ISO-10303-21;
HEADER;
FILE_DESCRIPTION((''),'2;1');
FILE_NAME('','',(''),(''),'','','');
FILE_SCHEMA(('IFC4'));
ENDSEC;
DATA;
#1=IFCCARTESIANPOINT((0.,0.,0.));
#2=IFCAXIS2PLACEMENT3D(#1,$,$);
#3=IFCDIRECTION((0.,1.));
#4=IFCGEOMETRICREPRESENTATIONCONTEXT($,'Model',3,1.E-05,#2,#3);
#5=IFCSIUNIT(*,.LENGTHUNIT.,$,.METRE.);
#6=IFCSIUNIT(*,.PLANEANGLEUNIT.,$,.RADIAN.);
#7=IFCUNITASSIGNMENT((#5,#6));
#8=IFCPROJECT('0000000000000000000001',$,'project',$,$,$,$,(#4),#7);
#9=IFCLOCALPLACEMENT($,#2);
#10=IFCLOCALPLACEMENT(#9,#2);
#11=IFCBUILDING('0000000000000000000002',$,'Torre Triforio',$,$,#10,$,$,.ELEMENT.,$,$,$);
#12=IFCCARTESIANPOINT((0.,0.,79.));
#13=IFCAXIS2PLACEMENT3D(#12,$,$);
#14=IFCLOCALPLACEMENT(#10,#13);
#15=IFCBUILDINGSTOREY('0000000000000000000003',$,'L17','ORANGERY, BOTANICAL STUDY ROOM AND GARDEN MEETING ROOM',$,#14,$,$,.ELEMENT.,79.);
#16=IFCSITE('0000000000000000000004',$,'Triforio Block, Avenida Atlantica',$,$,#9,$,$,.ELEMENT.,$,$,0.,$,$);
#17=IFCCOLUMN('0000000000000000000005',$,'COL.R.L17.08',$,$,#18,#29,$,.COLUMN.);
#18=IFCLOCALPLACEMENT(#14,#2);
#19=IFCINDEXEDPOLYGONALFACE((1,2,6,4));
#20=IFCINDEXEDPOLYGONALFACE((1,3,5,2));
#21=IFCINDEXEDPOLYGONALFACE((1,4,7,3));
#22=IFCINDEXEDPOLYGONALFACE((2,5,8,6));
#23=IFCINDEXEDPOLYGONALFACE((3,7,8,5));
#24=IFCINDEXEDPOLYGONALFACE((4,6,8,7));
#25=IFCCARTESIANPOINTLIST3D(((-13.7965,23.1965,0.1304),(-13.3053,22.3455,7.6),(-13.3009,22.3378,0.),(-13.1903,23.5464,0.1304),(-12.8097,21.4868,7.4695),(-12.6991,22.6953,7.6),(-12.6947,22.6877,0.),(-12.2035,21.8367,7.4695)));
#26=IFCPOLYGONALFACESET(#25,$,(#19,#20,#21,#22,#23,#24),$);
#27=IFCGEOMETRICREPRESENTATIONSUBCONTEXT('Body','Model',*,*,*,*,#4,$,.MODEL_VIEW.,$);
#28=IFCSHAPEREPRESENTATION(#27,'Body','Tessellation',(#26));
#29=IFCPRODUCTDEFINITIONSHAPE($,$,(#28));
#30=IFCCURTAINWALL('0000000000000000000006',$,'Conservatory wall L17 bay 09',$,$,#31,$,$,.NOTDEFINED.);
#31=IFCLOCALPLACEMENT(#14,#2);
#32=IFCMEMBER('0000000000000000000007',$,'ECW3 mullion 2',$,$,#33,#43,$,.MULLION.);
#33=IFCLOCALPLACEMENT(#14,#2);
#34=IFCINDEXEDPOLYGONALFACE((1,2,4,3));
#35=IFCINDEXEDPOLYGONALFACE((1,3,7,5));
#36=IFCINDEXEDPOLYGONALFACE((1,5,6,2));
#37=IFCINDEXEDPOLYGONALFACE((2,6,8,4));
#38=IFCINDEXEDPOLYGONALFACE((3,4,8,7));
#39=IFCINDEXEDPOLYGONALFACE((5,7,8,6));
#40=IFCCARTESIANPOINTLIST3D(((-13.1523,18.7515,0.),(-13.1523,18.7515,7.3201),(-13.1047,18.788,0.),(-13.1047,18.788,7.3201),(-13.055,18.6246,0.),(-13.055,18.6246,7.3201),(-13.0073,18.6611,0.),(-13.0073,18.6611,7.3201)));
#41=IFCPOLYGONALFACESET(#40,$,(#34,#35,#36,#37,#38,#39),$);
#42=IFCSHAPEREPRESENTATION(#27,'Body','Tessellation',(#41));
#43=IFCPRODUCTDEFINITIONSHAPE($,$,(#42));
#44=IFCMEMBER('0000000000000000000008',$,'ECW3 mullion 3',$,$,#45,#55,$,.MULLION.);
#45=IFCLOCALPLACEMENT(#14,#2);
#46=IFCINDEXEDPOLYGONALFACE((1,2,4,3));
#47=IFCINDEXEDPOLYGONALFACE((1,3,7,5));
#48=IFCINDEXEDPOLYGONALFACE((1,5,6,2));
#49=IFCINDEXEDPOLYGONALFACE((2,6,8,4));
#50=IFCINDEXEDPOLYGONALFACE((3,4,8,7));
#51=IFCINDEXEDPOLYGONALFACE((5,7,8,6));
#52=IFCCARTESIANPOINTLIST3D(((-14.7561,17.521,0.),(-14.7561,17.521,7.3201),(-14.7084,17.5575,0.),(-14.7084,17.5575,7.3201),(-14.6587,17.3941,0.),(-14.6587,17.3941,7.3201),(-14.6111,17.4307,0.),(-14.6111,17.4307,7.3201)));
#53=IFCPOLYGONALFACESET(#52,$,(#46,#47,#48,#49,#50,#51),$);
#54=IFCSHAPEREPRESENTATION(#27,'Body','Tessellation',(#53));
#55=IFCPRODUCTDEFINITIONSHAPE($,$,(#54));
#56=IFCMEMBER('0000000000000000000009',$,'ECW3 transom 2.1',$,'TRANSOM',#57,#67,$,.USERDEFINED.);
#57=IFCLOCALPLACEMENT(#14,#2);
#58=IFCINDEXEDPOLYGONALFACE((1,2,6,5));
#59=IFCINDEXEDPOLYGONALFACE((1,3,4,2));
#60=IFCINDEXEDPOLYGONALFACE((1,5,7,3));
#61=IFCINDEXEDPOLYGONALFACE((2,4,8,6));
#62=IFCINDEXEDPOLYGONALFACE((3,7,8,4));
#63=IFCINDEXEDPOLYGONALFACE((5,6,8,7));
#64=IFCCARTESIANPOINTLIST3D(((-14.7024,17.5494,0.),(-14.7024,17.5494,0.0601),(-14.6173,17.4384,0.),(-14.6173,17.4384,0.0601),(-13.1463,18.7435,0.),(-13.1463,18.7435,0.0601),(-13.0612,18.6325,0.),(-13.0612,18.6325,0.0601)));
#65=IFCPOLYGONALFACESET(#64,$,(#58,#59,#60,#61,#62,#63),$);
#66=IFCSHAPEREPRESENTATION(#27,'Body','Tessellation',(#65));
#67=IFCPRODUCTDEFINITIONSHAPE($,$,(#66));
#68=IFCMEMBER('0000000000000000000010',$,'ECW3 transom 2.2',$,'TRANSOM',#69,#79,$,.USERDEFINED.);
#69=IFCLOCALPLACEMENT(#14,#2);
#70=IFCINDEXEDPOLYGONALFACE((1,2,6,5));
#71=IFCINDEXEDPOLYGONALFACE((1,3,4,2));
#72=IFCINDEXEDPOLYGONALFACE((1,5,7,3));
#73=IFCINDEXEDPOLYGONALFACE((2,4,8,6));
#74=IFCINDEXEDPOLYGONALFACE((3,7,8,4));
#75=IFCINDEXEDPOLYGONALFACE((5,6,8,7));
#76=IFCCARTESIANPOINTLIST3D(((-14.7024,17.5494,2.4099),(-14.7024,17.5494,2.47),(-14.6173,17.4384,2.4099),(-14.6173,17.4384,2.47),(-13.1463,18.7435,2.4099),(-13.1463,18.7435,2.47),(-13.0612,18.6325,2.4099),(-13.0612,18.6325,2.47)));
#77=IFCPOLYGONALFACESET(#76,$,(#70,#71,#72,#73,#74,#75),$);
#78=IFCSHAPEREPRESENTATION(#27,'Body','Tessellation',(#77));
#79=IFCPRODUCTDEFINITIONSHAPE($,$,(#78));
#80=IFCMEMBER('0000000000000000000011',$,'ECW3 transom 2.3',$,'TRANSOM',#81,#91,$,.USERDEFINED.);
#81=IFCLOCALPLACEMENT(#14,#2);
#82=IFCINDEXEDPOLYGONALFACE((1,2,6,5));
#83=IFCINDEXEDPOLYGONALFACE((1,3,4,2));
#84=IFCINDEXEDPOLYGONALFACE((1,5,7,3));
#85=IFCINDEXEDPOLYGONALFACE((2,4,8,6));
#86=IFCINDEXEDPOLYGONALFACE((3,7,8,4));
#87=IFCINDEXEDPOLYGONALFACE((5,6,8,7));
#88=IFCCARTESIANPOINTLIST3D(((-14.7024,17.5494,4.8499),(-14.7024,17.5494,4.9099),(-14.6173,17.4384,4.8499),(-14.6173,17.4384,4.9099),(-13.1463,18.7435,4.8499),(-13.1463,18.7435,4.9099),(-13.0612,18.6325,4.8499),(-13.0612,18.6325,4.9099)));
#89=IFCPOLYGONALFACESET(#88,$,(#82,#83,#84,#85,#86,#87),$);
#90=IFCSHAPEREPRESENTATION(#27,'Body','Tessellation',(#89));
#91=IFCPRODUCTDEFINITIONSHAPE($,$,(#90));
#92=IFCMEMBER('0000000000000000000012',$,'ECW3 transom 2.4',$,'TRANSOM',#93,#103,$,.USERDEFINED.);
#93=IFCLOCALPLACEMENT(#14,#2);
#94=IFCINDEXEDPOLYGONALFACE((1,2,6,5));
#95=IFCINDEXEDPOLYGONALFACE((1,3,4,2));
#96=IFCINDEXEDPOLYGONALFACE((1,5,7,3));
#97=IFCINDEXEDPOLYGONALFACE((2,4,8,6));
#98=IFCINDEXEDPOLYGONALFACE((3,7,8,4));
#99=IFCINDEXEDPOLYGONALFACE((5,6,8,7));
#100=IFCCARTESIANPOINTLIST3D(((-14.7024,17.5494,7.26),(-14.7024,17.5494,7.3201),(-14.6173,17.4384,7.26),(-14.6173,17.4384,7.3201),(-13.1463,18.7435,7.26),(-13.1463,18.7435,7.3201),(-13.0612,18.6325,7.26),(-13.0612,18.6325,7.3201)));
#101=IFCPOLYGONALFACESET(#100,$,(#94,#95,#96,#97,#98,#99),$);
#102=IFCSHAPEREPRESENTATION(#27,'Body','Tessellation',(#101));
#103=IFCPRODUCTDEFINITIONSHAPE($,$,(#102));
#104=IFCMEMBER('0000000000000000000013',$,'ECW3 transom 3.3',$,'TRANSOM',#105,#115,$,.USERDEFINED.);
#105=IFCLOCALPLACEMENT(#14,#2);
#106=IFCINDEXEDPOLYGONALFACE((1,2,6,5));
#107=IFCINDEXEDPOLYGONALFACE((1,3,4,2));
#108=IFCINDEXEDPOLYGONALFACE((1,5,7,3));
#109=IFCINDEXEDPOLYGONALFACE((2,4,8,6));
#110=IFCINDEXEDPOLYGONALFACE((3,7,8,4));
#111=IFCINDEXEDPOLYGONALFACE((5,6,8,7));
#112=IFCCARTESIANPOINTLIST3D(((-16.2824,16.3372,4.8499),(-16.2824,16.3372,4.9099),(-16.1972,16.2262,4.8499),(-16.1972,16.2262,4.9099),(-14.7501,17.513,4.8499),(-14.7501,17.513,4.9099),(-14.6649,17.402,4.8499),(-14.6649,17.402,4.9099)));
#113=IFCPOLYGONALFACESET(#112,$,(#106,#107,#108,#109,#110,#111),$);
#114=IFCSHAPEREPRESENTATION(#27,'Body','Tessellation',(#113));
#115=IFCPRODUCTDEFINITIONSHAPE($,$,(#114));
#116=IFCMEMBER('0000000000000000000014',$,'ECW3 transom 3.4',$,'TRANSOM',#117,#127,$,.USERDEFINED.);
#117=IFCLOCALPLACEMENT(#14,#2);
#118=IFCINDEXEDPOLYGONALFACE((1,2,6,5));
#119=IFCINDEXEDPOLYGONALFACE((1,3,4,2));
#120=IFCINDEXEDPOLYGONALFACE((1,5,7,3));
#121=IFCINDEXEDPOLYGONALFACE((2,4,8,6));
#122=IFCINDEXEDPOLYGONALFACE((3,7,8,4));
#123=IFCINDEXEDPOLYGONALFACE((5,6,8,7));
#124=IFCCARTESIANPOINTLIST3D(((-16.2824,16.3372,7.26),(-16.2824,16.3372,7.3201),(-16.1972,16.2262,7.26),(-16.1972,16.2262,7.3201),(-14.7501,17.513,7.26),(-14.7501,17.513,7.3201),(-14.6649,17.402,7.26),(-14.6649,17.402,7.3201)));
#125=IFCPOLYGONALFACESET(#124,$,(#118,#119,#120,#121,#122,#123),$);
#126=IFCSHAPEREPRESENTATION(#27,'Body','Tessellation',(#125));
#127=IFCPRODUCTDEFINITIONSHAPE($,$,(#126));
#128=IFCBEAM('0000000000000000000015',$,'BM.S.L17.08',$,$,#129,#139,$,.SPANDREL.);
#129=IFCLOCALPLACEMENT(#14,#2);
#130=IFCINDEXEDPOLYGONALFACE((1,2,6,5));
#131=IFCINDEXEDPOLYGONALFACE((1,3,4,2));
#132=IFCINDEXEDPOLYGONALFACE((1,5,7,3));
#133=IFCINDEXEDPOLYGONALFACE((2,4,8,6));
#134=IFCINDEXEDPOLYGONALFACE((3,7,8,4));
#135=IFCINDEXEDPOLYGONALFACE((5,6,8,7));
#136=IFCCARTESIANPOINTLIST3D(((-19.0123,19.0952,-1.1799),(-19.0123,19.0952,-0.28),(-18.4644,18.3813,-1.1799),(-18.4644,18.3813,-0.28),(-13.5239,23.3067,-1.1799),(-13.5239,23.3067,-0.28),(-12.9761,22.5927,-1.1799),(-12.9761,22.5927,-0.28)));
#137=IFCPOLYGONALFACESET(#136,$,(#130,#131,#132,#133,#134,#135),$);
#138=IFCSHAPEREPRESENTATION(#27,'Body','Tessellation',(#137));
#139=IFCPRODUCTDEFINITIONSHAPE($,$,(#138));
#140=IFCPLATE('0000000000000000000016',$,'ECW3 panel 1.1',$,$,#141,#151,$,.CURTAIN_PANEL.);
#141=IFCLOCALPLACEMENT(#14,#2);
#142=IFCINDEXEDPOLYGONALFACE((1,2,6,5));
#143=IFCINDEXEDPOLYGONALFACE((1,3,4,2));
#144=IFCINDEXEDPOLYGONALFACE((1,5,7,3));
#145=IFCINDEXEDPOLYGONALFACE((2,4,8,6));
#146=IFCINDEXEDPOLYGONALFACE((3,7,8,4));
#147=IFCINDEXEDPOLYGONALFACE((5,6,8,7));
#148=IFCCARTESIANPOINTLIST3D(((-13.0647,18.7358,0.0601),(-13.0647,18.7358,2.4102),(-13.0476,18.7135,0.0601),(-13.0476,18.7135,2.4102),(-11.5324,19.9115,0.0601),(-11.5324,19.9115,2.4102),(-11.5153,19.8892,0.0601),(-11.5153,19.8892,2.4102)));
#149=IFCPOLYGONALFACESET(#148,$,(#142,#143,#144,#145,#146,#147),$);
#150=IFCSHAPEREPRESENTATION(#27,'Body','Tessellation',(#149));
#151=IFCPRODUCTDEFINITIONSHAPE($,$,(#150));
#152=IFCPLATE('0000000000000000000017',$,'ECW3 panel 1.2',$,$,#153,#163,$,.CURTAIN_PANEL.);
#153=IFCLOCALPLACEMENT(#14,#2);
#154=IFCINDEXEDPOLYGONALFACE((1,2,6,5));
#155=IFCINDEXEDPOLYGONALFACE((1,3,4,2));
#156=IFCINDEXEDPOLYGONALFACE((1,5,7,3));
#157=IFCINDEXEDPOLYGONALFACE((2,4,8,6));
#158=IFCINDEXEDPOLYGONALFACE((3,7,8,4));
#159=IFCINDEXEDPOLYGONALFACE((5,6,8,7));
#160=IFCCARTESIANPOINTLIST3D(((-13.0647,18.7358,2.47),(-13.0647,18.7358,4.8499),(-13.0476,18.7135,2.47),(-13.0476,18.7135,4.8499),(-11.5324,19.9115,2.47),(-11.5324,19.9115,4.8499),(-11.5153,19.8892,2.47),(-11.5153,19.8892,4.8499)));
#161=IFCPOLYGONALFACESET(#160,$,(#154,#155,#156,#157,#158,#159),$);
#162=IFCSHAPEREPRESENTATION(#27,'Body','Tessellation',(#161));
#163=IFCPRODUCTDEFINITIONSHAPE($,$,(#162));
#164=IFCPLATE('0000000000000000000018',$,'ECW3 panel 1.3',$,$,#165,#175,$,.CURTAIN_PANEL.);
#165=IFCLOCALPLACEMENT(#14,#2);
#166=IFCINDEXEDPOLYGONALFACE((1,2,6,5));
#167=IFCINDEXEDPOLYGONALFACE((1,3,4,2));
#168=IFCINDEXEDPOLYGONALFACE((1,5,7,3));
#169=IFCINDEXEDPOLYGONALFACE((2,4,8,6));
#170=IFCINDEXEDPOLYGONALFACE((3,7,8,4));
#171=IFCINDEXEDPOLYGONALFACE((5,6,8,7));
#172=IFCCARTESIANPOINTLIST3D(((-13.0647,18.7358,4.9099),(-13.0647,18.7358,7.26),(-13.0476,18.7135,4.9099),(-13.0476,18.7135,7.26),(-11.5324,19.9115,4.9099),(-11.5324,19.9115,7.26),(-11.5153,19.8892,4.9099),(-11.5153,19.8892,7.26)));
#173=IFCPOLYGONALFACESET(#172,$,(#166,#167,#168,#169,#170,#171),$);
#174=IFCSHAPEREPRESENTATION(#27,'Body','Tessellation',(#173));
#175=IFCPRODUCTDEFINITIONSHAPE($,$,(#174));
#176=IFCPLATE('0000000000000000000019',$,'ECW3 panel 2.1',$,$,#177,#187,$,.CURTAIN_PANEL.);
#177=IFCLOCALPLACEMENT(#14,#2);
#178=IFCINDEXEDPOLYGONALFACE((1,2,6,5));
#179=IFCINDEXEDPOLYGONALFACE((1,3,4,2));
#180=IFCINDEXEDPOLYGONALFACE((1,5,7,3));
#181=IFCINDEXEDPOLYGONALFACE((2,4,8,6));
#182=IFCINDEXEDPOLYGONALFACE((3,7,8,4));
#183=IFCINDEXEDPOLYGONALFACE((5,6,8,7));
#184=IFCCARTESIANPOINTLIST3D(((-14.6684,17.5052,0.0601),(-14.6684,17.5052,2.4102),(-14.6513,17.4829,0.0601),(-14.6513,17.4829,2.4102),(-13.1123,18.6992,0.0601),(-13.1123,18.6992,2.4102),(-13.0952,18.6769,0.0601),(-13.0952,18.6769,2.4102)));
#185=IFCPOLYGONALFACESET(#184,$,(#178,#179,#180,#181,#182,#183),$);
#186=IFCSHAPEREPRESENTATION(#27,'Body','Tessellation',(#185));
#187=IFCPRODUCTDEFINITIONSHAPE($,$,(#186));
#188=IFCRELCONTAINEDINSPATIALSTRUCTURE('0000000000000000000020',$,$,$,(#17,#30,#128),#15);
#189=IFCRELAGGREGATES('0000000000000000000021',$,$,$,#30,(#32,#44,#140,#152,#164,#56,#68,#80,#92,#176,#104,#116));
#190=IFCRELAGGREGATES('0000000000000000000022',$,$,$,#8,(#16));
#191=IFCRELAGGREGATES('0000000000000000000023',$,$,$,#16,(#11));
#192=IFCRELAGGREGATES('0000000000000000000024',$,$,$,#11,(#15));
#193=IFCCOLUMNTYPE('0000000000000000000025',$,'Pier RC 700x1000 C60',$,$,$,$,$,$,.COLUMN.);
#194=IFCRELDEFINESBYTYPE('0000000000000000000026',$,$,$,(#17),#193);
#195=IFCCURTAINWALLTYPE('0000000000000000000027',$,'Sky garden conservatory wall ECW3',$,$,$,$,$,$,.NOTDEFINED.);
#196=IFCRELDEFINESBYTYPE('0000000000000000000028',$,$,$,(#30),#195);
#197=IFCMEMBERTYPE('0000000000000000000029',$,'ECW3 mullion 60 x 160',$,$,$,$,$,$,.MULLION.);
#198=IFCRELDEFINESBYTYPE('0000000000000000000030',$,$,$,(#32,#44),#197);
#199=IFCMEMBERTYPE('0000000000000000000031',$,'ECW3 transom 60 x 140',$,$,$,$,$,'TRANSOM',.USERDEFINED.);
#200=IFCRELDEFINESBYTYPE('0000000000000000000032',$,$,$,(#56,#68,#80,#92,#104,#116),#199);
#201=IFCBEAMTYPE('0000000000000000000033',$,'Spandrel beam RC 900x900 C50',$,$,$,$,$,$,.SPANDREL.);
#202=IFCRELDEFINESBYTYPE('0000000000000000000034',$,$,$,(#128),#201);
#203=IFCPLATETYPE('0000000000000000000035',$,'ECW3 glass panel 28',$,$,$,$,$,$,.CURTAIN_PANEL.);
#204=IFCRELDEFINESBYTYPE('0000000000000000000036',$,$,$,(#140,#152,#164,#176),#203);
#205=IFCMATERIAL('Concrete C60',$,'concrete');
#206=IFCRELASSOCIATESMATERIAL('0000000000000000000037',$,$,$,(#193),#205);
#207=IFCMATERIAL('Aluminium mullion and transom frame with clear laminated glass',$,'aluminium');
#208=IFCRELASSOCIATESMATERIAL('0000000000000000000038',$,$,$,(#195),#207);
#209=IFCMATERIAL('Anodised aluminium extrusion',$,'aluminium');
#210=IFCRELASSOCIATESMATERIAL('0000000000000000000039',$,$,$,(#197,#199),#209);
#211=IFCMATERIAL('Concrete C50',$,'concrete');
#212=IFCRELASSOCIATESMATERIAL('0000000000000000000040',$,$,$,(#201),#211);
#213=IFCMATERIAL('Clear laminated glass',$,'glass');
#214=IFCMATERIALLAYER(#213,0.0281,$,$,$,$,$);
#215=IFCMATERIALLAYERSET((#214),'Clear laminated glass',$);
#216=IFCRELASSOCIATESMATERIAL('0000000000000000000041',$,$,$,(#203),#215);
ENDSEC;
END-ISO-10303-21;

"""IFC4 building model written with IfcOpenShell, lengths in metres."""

from ifc_helpers import new_model, si_unit, direction, frame, origin, origin_2d, place, context, subcontext, project, spatial, rectangle, extrude, material, layer, layer_set, material_profile, profile_set, type_object, element, aggregate, save


model = new_model("IFC4")

# Units and contexts
model_context = context("Model", 3, precision=1e-05, world=origin(), true_north=direction((0.0, 1.0)))
body_context = subcontext(model_context, "Body", "Model", "MODEL_VIEW")
ifc_project = project(units=[si_unit("LENGTHUNIT", "METRE"), si_unit("PLANEANGLEUNIT", "RADIAN")], contexts=[model_context])

# Site, building, storey
site_placement = place(None, origin())
site = spatial("IfcSite", under=ifc_project, at=site_placement, Name="Triforio Block, Avenida Atlantica", CompositionType="ELEMENT", RefElevation=0.0)
building_placement = place(site_placement, origin())
building = spatial("IfcBuilding", under=site, at=building_placement, Name="Torre Triforio", CompositionType="ELEMENT")
storey_placement = place(building_placement, frame((0.0, 0.0, 79.0)))
storey = spatial("IfcBuildingStorey", under=building, at=storey_placement, Name="L17", Description="ORANGERY, BOTANICAL STUDY ROOM AND GARDEN MEETING ROOM", CompositionType="ELEMENT", Elevation=79.0)

# Column
ifc_material_1 = material(Name="Concrete C60", Category="concrete")
ifc_material_profile_1 = material_profile(ifc_material_1, rectangle(XDim=0.7, YDim=1.0, at=origin_2d()), Name="RC 700x1000")
ifc_profile_set_1 = profile_set([ifc_material_profile_1], Name="Concrete C60")
column_type = type_object("IfcColumnType", Name="Pier RC 700x1000 C60", PredefinedType="COLUMN", material=ifc_profile_set_1)
column_placement = place(storey_placement, frame((-13.2456, 22.9421, 0.0652), z_axis=(0.065201, -0.112967, 0.991457), x_axis=(0.866095, 0.49988, 0.0)))
element("IfcColumn", 1, at=column_placement, inside=storey, type_object=column_type, Name="COL.R.L17.08", PredefinedType="COLUMN", context=body_context, shape_type="SweptSolid", body=[
    extrude(rectangle(XDim=0.7, YDim=1.0, at=origin_2d()), origin(), (0.0, 0.0, 1.0), 7.5339),
])

# Curtain wall, members
ifc_material_2 = material(Name="Aluminium mullion and transom frame with clear laminated glass", Category="aluminium")
curtain_wall_type = type_object("IfcCurtainWallType", Name="Sky garden conservatory wall ECW3", PredefinedType="NOTDEFINED", material=ifc_material_2)
curtain_wall_placement = place(storey_placement, origin())
curtain_wall = element("IfcCurtainWall", 2, at=curtain_wall_placement, inside=storey, type_object=curtain_wall_type, Name="Conservatory wall L17 bay 09", PredefinedType="NOTDEFINED")
ifc_material_3 = material(Name="Anodised aluminium extrusion", Category="aluminium")
ifc_material_profile_2 = material_profile(ifc_material_3, rectangle(XDim=0.1599, YDim=0.0601, at=origin_2d()), Name="ECW3 MULLION 60x160")
ifc_profile_set_2 = profile_set([ifc_material_profile_2], Name="Anodised aluminium extrusion")
member_type_1 = type_object("IfcMemberType", Name="ECW3 mullion 60 x 160", PredefinedType="MULLION", material=ifc_profile_set_2)
member_1_placement = place(storey_placement, frame((-13.0798, 18.7063, 0.0), z_axis=(0.0, 0.0, 1.0), x_axis=(0.608752, -0.79336, 0.0)))
member_1 = element("IfcMember", 3, at=member_1_placement, type_object=member_type_1, Name="ECW3 mullion 2", PredefinedType="MULLION", context=body_context, shape_type="SweptSolid", body=[
    extrude(rectangle(XDim=0.1599, YDim=0.0601, at=origin_2d()), origin(), (0.0, 0.0, 1.0), 7.3201),
])
member_2_placement = place(storey_placement, frame((-14.6836, 17.4758, 0.0), z_axis=(0.0, 0.0, 1.0), x_axis=(0.608752, -0.79336, 0.0)))
member_2 = element("IfcMember", 4, at=member_2_placement, type_object=member_type_1, Name="ECW3 mullion 3", PredefinedType="MULLION", context=body_context, shape_type="SweptSolid", body=[
    extrude(rectangle(XDim=0.1599, YDim=0.0601, at=origin_2d()), origin(), (0.0, 0.0, 1.0), 7.3201),
])
ifc_material_profile_3 = material_profile(ifc_material_3, rectangle(XDim=0.1399, YDim=0.0601, at=origin_2d()), Name="ECW3 TRANSOM 60x140")
ifc_profile_set_3 = profile_set([ifc_material_profile_3], Name="Anodised aluminium extrusion")
member_type_2 = type_object("IfcMemberType", Name="ECW3 transom 60 x 140", ElementType="TRANSOM", PredefinedType="USERDEFINED", material=ifc_profile_set_3)
member_3_placement = place(storey_placement, frame((-13.1038, 18.688, 0.03), z_axis=(-0.79335, -0.608766, 0.0), x_axis=(0.608766, -0.79335, 0.0)))
member_3 = element("IfcMember", 5, at=member_3_placement, type_object=member_type_2, Name="ECW3 transom 2.1", ObjectType="TRANSOM", PredefinedType="USERDEFINED", context=body_context, shape_type="SweptSolid", body=[
    extrude(rectangle(XDim=0.1399, YDim=0.0601, at=origin_2d()), origin(), (0.0, 0.0, 1.0), 1.9614),
])
member_4_placement = place(storey_placement, frame((-13.1038, 18.688, 2.4399), z_axis=(-0.79335, -0.608766, 0.0), x_axis=(0.608766, -0.79335, 0.0)))
member_4 = element("IfcMember", 6, at=member_4_placement, type_object=member_type_2, Name="ECW3 transom 2.2", ObjectType="TRANSOM", PredefinedType="USERDEFINED", context=body_context, shape_type="SweptSolid", body=[
    extrude(rectangle(XDim=0.1399, YDim=0.0601, at=origin_2d()), origin(), (0.0, 0.0, 1.0), 1.9614),
])
member_5_placement = place(storey_placement, frame((-13.1038, 18.688, 4.8799), z_axis=(-0.79335, -0.608766, 0.0), x_axis=(0.608766, -0.79335, 0.0)))
member_5 = element("IfcMember", 7, at=member_5_placement, type_object=member_type_2, Name="ECW3 transom 2.3", ObjectType="TRANSOM", PredefinedType="USERDEFINED", context=body_context, shape_type="SweptSolid", body=[
    extrude(rectangle(XDim=0.1399, YDim=0.0601, at=origin_2d()), origin(), (0.0, 0.0, 1.0), 1.9614),
])
member_6_placement = place(storey_placement, frame((-13.1038, 18.688, 7.29), z_axis=(-0.79335, -0.608766, 0.0), x_axis=(0.608766, -0.79335, 0.0)))
member_6 = element("IfcMember", 8, at=member_6_placement, type_object=member_type_2, Name="ECW3 transom 2.4", ObjectType="TRANSOM", PredefinedType="USERDEFINED", context=body_context, shape_type="SweptSolid", body=[
    extrude(rectangle(XDim=0.1399, YDim=0.0601, at=origin_2d()), origin(), (0.0, 0.0, 1.0), 1.9614),
])
member_7_placement = place(storey_placement, frame((-14.7075, 17.4575, 4.8799), z_axis=(-0.793338, -0.608782, 0.0), x_axis=(0.608782, -0.793338, 0.0)))
member_7 = element("IfcMember", 9, at=member_7_placement, type_object=member_type_2, Name="ECW3 transom 3.3", ObjectType="TRANSOM", PredefinedType="USERDEFINED", context=body_context, shape_type="SweptSolid", body=[
    extrude(rectangle(XDim=0.1399, YDim=0.0601, at=origin_2d()), origin(), (0.0, 0.0, 1.0), 1.9314),
])
member_8_placement = place(storey_placement, frame((-14.7075, 17.4575, 7.29), z_axis=(-0.793338, -0.608782, 0.0), x_axis=(0.608782, -0.793338, 0.0)))
member_8 = element("IfcMember", 10, at=member_8_placement, type_object=member_type_2, Name="ECW3 transom 3.4", ObjectType="TRANSOM", PredefinedType="USERDEFINED", context=body_context, shape_type="SweptSolid", body=[
    extrude(rectangle(XDim=0.1399, YDim=0.0601, at=origin_2d()), origin(), (0.0, 0.0, 1.0), 1.9314),
])

# Beam
ifc_material_4 = material(Name="Concrete C50", Category="concrete")
ifc_material_profile_4 = material_profile(ifc_material_4, rectangle(XDim=0.8999, YDim=0.8999, at=origin_2d()), Name="RC 900x900")
ifc_profile_set_4 = profile_set([ifc_material_profile_4], Name="Concrete C50")
beam_type = type_object("IfcBeamType", Name="Spandrel beam RC 900x900 C50", PredefinedType="SPANDREL", material=ifc_profile_set_4)
beam_placement = place(storey_placement, frame((-13.25, 22.9497, -0.73), z_axis=(-0.793345, -0.608772, 0.0), x_axis=(0.608772, -0.793345, 0.0)))
element("IfcBeam", 11, at=beam_placement, inside=storey, type_object=beam_type, Name="BM.S.L17.08", PredefinedType="SPANDREL", context=body_context, shape_type="SweptSolid", body=[
    extrude(rectangle(XDim=0.8999, YDim=0.8999, at=origin_2d()), origin(), (0.0, 0.0, 1.0), 6.918),
])

# Plates
ifc_material_5 = material(Name="Clear laminated glass", Category="glass")
ifc_layer_1 = layer(ifc_material_5, 0.0281)
ifc_layer_set_1 = layer_set([ifc_layer_1], Name="Clear laminated glass")
plate_type = type_object("IfcPlateType", Name="ECW3 glass panel 28", PredefinedType="CURTAIN_PANEL", material=ifc_layer_set_1)
plate_1_placement = place(storey_placement, frame((-12.29, 19.3125, 0.0601), z_axis=(0.0, 0.0, 1.0), x_axis=(-0.79336, -0.608752, 0.0)))
plate_1 = element("IfcPlate", 12, at=plate_1_placement, type_object=plate_type, Name="ECW3 panel 1.1", PredefinedType="CURTAIN_PANEL", context=body_context, shape_type="SweptSolid", body=[
    extrude(rectangle(XDim=1.9314, YDim=0.0281, at=origin_2d()), origin(), (0.0, 0.0, 1.0), 2.3501),
])
plate_2_placement = place(storey_placement, frame((-12.29, 19.3125, 2.47), z_axis=(0.0, 0.0, 1.0), x_axis=(-0.79336, -0.608752, 0.0)))
plate_2 = element("IfcPlate", 13, at=plate_2_placement, type_object=plate_type, Name="ECW3 panel 1.2", PredefinedType="CURTAIN_PANEL", context=body_context, shape_type="SweptSolid", body=[
    extrude(rectangle(XDim=1.9314, YDim=0.0281, at=origin_2d()), origin(), (0.0, 0.0, 1.0), 2.3799),
])
plate_3_placement = place(storey_placement, frame((-12.29, 19.3125, 4.9099), z_axis=(0.0, 0.0, 1.0), x_axis=(-0.79336, -0.608752, 0.0)))
plate_3 = element("IfcPlate", 14, at=plate_3_placement, type_object=plate_type, Name="ECW3 panel 1.3", PredefinedType="CURTAIN_PANEL", context=body_context, shape_type="SweptSolid", body=[
    extrude(rectangle(XDim=1.9314, YDim=0.0281, at=origin_2d()), origin(), (0.0, 0.0, 1.0), 2.3501),
])
plate_4_placement = place(storey_placement, frame((-13.8818, 18.0911, 0.0601), z_axis=(0.0, 0.0, 1.0), x_axis=(-0.79336, -0.608752, 0.0)))
plate_4 = element("IfcPlate", 15, at=plate_4_placement, type_object=plate_type, Name="ECW3 panel 2.1", PredefinedType="CURTAIN_PANEL", context=body_context, shape_type="SweptSolid", body=[
    extrude(rectangle(XDim=1.9614, YDim=0.0281, at=origin_2d()), origin(), (0.0, 0.0, 1.0), 2.3501),
])
aggregate(curtain_wall, [member_1, member_2, plate_1, plate_2, plate_3, member_3, member_4, member_5, member_6, plate_4, member_7, member_8])

save(model, "model.ifc")
